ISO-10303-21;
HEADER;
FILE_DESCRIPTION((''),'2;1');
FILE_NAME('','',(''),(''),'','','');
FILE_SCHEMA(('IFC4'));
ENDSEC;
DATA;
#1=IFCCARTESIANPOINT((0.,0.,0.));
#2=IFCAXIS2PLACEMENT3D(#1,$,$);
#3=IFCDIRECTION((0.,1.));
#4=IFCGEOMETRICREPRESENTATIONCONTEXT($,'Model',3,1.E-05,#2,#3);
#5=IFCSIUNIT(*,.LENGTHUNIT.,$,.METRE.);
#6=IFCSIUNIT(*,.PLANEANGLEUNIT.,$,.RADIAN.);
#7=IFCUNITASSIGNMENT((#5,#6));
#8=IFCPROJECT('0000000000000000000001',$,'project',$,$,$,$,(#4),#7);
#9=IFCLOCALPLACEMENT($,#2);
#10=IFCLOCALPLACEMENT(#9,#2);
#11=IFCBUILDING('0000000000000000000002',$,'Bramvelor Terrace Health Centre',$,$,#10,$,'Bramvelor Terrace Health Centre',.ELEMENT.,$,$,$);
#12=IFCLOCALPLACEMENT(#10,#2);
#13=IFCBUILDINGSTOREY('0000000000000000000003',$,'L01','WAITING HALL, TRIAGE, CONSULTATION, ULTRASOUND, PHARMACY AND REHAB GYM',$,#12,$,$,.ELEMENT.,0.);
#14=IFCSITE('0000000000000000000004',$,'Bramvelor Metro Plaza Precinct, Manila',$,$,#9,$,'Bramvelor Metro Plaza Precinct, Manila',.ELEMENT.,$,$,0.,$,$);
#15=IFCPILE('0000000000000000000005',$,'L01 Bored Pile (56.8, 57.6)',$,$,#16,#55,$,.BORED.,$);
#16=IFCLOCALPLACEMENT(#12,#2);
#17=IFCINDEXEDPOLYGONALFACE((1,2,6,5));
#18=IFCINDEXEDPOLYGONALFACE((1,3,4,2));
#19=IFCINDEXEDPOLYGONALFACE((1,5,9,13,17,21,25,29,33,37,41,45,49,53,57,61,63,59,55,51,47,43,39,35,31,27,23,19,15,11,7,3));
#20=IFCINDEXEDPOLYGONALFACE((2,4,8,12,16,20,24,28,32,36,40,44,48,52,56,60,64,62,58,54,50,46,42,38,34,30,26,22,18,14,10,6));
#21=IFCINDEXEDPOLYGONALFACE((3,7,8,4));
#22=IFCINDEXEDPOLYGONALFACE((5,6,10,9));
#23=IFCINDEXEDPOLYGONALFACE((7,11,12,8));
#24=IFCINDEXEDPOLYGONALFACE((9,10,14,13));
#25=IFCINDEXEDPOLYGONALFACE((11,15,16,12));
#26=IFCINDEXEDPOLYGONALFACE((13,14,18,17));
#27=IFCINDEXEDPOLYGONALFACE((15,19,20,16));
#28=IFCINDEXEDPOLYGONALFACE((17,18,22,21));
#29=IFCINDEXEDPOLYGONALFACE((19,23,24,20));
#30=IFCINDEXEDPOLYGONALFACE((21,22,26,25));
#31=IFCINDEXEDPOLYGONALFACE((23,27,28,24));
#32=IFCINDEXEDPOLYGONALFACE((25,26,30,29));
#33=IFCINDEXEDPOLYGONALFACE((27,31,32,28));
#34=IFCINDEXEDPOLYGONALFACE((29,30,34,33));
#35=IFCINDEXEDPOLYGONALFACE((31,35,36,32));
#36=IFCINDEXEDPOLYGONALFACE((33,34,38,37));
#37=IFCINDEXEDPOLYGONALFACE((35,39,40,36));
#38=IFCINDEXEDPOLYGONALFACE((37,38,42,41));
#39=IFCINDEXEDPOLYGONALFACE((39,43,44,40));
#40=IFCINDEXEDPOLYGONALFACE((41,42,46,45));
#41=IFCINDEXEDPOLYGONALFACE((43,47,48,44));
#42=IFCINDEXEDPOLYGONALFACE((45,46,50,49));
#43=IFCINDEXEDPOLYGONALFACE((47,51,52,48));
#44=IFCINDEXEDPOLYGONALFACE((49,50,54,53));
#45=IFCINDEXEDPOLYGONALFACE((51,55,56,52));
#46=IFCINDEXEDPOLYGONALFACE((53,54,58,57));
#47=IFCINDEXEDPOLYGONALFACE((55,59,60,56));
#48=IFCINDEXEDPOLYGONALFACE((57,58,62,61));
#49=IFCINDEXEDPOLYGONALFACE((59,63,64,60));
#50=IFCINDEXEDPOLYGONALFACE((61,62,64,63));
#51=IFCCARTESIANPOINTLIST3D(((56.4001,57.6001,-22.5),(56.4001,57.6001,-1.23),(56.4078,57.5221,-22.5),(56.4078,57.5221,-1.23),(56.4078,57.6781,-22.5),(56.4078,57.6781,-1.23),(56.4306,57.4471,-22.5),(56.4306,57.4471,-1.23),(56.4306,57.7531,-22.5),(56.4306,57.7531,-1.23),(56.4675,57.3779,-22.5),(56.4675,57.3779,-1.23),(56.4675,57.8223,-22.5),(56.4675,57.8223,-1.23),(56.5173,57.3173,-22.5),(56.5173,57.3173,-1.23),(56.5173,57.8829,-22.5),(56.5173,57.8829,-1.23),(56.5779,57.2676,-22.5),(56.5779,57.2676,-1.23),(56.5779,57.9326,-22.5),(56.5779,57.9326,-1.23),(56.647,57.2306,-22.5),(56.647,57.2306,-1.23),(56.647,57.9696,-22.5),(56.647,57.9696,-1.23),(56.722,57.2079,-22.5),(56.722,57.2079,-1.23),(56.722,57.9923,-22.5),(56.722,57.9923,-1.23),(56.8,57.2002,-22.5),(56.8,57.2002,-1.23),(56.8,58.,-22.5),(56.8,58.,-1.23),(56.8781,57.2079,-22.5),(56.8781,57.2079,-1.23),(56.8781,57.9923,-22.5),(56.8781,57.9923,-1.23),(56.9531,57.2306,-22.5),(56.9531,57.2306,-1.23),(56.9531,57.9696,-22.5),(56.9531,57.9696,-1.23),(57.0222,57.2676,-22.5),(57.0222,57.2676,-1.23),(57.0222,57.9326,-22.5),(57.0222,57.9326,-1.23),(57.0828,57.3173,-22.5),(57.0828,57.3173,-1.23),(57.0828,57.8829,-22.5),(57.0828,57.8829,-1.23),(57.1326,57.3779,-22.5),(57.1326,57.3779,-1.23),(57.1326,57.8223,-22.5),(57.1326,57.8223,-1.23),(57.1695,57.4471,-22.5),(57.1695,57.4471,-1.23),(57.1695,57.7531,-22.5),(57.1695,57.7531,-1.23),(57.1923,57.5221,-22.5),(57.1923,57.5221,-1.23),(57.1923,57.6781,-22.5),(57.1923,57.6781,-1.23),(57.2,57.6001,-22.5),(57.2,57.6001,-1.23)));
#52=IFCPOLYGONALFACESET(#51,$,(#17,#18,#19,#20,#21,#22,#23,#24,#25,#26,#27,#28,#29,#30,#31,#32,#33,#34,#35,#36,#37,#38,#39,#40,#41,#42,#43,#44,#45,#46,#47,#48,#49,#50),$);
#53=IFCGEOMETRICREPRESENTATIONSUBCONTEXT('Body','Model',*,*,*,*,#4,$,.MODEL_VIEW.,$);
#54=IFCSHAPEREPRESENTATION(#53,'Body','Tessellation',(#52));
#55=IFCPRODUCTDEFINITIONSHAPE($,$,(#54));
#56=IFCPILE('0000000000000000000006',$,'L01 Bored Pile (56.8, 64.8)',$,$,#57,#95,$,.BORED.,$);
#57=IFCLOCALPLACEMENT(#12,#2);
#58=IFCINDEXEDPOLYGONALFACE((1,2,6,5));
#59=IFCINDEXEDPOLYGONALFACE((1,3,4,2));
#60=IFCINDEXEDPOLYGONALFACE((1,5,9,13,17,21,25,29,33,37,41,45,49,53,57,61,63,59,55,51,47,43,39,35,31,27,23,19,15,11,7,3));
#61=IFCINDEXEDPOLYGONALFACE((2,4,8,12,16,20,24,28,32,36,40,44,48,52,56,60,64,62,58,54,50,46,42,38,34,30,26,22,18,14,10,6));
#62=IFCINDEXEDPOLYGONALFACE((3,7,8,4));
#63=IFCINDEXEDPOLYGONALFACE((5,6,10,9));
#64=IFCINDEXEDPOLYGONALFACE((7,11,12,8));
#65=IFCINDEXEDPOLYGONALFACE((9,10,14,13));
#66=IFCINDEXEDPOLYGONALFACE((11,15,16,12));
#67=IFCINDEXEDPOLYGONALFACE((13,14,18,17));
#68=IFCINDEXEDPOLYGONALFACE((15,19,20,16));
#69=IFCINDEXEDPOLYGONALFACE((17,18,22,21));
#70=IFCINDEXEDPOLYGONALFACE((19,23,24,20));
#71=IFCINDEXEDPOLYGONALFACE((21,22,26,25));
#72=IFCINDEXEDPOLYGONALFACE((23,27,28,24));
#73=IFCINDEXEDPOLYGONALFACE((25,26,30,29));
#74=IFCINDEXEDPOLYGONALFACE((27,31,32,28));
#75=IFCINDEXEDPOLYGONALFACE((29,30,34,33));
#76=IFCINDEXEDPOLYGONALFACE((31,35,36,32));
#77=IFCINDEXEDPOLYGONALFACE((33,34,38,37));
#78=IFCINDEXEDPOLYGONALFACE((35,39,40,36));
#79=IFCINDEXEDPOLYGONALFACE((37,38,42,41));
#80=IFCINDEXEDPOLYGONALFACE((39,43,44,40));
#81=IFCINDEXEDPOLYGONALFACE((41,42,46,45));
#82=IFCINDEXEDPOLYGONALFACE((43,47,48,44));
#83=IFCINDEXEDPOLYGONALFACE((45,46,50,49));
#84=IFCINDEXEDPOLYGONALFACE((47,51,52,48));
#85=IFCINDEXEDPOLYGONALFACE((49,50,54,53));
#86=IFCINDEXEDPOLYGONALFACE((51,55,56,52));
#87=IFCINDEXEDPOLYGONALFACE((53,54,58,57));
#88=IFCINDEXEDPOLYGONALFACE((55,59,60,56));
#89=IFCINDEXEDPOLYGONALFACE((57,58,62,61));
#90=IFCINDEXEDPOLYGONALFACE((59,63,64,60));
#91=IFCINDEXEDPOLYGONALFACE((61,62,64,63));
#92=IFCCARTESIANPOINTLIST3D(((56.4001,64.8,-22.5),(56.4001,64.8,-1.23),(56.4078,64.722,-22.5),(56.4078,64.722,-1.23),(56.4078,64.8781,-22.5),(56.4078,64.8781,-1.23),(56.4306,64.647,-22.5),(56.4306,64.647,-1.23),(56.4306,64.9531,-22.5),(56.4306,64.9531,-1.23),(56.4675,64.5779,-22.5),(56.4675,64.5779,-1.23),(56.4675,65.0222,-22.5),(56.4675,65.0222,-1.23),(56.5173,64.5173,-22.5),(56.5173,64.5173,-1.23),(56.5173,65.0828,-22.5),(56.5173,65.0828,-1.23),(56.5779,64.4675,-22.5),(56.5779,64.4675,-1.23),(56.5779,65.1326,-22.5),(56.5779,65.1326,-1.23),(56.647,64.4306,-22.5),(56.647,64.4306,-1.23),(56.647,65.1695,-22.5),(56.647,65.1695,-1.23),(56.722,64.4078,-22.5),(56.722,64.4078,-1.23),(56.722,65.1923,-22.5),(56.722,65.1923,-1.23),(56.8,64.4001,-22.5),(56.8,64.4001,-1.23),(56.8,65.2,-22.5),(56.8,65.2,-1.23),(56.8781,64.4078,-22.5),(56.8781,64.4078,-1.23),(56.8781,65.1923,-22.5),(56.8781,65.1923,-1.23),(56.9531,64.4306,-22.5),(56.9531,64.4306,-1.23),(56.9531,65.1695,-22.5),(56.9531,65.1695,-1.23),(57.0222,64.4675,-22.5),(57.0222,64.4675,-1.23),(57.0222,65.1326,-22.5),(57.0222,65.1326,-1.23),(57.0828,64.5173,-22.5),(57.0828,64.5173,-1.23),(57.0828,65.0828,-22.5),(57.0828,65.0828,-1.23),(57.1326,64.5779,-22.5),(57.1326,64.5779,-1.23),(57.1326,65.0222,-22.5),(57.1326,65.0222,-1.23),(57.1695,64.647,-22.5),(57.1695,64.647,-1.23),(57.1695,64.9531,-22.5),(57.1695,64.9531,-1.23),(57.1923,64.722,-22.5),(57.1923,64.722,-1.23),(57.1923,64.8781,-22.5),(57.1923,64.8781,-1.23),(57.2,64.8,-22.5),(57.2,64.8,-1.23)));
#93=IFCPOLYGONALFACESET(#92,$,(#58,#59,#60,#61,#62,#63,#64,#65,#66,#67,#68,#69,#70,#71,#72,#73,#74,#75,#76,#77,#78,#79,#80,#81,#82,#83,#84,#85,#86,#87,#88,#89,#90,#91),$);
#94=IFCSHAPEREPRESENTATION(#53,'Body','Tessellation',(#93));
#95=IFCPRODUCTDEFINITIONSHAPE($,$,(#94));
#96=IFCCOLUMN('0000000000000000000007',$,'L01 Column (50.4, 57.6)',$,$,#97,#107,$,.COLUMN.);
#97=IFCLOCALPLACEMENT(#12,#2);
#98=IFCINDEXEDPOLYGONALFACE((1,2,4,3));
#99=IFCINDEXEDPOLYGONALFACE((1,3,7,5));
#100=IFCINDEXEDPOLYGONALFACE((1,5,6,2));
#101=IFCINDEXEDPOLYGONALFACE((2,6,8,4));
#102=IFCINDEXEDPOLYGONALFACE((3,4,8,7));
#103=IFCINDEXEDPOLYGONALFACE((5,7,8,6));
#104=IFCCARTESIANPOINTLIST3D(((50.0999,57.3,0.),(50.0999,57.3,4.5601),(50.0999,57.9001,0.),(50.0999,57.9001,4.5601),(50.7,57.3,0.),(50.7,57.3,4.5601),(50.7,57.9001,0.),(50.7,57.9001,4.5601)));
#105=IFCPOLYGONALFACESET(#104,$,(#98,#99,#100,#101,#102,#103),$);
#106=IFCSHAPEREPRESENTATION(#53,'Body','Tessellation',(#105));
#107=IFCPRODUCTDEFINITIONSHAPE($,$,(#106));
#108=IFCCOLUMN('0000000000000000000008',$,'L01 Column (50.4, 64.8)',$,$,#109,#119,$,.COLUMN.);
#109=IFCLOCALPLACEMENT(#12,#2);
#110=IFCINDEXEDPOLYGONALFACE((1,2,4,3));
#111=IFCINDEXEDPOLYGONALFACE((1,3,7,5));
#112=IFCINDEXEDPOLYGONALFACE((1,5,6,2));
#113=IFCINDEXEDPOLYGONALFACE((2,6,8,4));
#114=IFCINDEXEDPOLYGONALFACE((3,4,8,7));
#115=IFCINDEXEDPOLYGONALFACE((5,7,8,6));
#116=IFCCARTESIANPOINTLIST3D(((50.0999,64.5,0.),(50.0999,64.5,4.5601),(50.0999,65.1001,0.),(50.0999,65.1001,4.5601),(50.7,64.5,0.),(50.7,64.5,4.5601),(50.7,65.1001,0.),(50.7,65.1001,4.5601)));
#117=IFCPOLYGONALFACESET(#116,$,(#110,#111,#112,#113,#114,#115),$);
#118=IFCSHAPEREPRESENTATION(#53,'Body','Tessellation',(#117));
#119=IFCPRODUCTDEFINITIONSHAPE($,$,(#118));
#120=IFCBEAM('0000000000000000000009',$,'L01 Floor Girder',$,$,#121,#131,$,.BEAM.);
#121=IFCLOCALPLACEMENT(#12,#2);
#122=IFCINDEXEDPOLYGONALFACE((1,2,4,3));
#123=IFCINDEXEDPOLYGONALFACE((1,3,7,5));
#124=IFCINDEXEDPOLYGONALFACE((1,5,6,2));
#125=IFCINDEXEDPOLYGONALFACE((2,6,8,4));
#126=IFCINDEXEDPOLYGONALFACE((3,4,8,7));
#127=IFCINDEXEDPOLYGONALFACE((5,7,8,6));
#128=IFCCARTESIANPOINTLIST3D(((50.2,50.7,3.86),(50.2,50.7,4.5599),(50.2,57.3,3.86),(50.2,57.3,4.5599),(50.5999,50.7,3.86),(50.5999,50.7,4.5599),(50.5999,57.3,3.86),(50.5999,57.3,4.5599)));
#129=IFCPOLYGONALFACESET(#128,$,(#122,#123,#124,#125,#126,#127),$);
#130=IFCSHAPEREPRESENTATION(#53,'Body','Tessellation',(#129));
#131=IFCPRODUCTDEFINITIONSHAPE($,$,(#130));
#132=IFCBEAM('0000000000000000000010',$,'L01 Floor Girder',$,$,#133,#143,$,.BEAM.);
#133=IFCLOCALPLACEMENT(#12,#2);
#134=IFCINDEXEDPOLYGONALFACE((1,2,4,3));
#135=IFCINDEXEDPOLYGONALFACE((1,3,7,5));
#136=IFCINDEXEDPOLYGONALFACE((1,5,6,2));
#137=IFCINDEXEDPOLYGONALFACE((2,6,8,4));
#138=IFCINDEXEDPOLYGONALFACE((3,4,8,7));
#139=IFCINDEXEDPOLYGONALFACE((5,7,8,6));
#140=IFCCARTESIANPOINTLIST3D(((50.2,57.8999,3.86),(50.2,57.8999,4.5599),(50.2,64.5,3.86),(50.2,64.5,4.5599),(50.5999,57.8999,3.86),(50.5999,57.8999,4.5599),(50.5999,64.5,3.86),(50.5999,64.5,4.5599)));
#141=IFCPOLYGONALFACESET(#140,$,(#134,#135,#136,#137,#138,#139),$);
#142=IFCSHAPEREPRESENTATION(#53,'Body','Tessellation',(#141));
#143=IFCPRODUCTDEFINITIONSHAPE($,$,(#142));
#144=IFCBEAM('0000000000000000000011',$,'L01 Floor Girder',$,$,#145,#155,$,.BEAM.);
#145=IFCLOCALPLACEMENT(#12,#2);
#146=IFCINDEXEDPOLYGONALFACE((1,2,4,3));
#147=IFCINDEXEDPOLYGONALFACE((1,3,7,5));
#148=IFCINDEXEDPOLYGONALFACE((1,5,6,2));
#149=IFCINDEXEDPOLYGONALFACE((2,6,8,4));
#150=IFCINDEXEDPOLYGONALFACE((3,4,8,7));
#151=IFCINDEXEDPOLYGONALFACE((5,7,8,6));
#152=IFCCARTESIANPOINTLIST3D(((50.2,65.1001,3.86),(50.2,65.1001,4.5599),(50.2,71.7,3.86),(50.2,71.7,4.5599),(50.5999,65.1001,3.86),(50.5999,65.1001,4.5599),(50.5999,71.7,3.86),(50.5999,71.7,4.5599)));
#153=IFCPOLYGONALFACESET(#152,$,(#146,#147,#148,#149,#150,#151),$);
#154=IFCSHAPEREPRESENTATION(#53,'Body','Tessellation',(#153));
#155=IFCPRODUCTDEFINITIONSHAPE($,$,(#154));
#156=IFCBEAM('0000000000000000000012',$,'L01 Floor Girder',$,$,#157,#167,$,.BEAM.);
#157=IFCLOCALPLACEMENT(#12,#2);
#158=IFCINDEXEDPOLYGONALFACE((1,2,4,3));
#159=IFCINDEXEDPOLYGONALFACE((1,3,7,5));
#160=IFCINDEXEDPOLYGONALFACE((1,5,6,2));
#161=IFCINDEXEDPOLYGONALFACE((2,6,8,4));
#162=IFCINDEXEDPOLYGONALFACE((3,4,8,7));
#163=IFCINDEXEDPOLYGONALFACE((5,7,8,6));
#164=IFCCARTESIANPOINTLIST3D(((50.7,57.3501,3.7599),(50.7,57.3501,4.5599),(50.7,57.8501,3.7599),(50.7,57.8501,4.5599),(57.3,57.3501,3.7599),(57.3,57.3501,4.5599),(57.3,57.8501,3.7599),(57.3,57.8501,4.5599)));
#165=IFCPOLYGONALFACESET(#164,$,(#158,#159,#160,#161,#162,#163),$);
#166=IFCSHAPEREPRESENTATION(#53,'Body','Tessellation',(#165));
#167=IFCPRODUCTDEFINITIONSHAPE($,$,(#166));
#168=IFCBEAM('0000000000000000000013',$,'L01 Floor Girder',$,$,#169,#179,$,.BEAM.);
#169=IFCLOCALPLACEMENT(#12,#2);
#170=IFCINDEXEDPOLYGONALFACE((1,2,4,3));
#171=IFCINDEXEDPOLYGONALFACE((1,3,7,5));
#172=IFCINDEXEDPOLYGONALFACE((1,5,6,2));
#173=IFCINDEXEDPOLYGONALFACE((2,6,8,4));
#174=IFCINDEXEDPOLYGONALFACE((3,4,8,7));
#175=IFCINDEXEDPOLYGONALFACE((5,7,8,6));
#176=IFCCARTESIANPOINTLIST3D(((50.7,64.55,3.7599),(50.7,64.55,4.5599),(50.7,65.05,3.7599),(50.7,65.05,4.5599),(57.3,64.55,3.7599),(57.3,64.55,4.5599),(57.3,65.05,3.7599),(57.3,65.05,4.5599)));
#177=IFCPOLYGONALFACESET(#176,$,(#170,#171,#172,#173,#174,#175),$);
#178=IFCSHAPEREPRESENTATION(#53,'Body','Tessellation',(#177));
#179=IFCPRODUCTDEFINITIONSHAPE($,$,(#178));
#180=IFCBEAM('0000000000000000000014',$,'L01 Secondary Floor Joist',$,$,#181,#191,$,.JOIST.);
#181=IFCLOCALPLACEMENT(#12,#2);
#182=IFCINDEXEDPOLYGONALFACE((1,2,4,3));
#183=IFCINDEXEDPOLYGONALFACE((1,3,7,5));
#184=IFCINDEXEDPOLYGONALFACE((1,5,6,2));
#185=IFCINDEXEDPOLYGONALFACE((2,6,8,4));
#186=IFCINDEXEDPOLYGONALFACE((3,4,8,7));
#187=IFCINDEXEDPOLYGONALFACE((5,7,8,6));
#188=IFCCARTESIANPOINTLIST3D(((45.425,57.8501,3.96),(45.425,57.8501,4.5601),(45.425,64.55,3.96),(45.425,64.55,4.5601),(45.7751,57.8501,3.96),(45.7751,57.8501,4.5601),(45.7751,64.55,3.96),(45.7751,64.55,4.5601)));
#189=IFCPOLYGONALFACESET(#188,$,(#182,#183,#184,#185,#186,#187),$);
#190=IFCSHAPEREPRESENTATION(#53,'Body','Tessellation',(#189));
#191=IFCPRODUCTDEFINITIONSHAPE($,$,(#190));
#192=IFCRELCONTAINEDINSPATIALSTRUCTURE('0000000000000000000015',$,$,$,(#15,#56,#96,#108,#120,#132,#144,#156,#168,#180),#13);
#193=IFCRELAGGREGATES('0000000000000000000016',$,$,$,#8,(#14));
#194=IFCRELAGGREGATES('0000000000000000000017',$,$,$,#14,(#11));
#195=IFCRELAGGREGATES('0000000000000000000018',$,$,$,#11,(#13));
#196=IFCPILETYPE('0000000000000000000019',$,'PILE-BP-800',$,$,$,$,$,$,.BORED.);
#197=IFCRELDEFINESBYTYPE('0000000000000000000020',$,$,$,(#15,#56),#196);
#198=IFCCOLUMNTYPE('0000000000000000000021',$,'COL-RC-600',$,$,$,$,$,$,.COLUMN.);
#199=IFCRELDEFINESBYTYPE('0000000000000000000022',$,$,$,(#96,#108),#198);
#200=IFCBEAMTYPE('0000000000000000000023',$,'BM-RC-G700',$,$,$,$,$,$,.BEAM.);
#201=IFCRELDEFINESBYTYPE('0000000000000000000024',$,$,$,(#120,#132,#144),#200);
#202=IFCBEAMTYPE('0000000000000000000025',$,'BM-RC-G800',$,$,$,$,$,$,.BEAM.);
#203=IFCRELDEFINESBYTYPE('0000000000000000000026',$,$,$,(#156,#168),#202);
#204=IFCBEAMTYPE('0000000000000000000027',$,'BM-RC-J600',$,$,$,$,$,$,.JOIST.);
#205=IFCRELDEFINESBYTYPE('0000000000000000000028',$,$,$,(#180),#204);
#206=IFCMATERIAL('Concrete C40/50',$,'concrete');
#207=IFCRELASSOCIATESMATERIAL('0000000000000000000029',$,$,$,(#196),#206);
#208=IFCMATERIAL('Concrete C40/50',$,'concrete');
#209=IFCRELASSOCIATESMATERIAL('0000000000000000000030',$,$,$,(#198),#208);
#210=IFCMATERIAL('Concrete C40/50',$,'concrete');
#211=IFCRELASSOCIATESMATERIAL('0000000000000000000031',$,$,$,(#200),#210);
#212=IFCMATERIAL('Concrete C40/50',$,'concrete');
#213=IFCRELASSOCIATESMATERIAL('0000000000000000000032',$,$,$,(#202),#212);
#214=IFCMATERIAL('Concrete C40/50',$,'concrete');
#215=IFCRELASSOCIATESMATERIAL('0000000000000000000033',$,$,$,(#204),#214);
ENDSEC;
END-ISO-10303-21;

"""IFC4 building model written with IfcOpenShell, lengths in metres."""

from ifc_helpers import new_model, si_unit, direction, frame, origin, origin_2d, place, context, subcontext, project, spatial, rectangle, circle, extrude, material, material_profile, profile_set, type_object, element, save


model = new_model("IFC4")

# Units and contexts
model_context = context("Model", 3, precision=1e-05, world=origin(), true_north=direction((0.0, 1.0)))
body_context = subcontext(model_context, "Body", "Model", "MODEL_VIEW")
ifc_project = project(units=[si_unit("LENGTHUNIT", "METRE"), si_unit("PLANEANGLEUNIT", "RADIAN")], contexts=[model_context])

# Site, building, storey
site_placement = place(None, origin())
site = spatial("IfcSite", under=ifc_project, at=site_placement, Name="Bramvelor Metro Plaza Precinct, Manila", LongName="Bramvelor Metro Plaza Precinct, Manila", CompositionType="ELEMENT", RefElevation=0.0)
building_placement = place(site_placement, origin())
building = spatial("IfcBuilding", under=site, at=building_placement, Name="Bramvelor Terrace Health Centre", LongName="Bramvelor Terrace Health Centre", CompositionType="ELEMENT")
storey_placement = place(building_placement, origin())
storey = spatial("IfcBuildingStorey", under=building, at=storey_placement, Name="L01", Description="WAITING HALL, TRIAGE, CONSULTATION, ULTRASOUND, PHARMACY AND REHAB GYM", CompositionType="ELEMENT", Elevation=0.0)

# Piles
ifc_material_1 = material(Name="Concrete C40/50", Category="concrete")
ifc_material_profile_1 = material_profile(ifc_material_1, circle(Radius=0.3999, at=origin_2d()), Name="BP D800")
ifc_profile_set_1 = profile_set([ifc_material_profile_1], Name="Concrete C40/50")
pile_type = type_object("IfcPileType", Name="PILE-BP-800", PredefinedType="BORED", material=ifc_profile_set_1)
for number, where, z_axis, x_axis, name in (
    (1, (56.8, 57.6001, -1.23), (0.0, 0.0, -1.0), (1.0, 0.0, 0.0), "L01 Bored Pile (56.8, 57.6)"),
    (2, (56.8, 64.8, -1.23), (0.0, 0.0, -1.0), (1.0, 0.0, 0.0), "L01 Bored Pile (56.8, 64.8)"),
):
    element("IfcPile", number, at=place(storey_placement, frame(where, z_axis=z_axis, x_axis=x_axis)), inside=storey, type_object=pile_type, Name=name, PredefinedType="BORED", context=body_context, shape_type="SweptSolid", body=[
        extrude(circle(Radius=0.3999, at=origin_2d()), origin(), (0.0, 0.0, 1.0), 21.27),
    ])

# Columns
ifc_material_2 = material(Name="Concrete C40/50", Category="concrete")
ifc_material_profile_2 = material_profile(ifc_material_2, rectangle(XDim=0.6001, YDim=0.6001, at=origin_2d()), Name="RC 600x600")
ifc_profile_set_2 = profile_set([ifc_material_profile_2], Name="Concrete C40/50")
column_type = type_object("IfcColumnType", Name="COL-RC-600", PredefinedType="COLUMN", material=ifc_profile_set_2)
for number, where, z_axis, x_axis, name in (
    (3, (50.3999, 57.6001, 0.0), (0.0, 0.0, 1.0), (1.0, 0.0, 0.0), "L01 Column (50.4, 57.6)"),
    (4, (50.3999, 64.8, 0.0), (0.0, 0.0, 1.0), (1.0, 0.0, 0.0), "L01 Column (50.4, 64.8)"),
):
    element("IfcColumn", number, at=place(storey_placement, frame(where, z_axis=z_axis, x_axis=x_axis)), inside=storey, type_object=column_type, Name=name, PredefinedType="COLUMN", context=body_context, shape_type="SweptSolid", body=[
        extrude(rectangle(XDim=0.6001, YDim=0.6001, at=origin_2d()), origin(), (0.0, 0.0, 1.0), 4.5601),
    ])

# Beams
ifc_material_3 = material(Name="Concrete C40/50", Category="concrete")
ifc_material_profile_3 = material_profile(ifc_material_3, rectangle(XDim=0.3999, YDim=0.7, at=origin_2d()), Name="RC 400x700")
ifc_profile_set_3 = profile_set([ifc_material_profile_3], Name="Concrete C40/50")
beam_type_1 = type_object("IfcBeamType", Name="BM-RC-G700", PredefinedType="BEAM", material=ifc_profile_set_3)
for number, where, z_axis, x_axis, name in (
    (5, (50.3999, 50.7, 4.21), (0.0, 1.0, 0.0), (-1.0, 0.0, 0.0), "L01 Floor Girder"),
    (6, (50.3999, 57.8999, 4.21), (0.0, 1.0, 0.0), (-1.0, 0.0, 0.0), "L01 Floor Girder"),
):
    element("IfcBeam", number, at=place(storey_placement, frame(where, z_axis=z_axis, x_axis=x_axis)), inside=storey, type_object=beam_type_1, Name=name, PredefinedType="BEAM", context=body_context, shape_type="SweptSolid", body=[
        extrude(rectangle(XDim=0.3999, YDim=0.7, at=origin_2d()), origin(), (0.0, 0.0, 1.0), 6.6001),
    ])
beam_placement = place(storey_placement, frame((50.3999, 65.1001, 4.21), z_axis=(0.0, 1.0, 0.0), x_axis=(-1.0, 0.0, 0.0)))
element("IfcBeam", 7, at=beam_placement, inside=storey, type_object=beam_type_1, Name="L01 Floor Girder", PredefinedType="BEAM", context=body_context, shape_type="SweptSolid", body=[
    extrude(rectangle(XDim=0.3999, YDim=0.7, at=origin_2d()), origin(), (0.0, 0.0, 1.0), 6.5999),
])
ifc_material_4 = material(Name="Concrete C40/50", Category="concrete")
ifc_material_profile_4 = material_profile(ifc_material_4, rectangle(XDim=0.5, YDim=0.8, at=origin_2d()), Name="RC 500x800")
ifc_profile_set_4 = profile_set([ifc_material_profile_4], Name="Concrete C40/50")
beam_type_2 = type_object("IfcBeamType", Name="BM-RC-G800", PredefinedType="BEAM", material=ifc_profile_set_4)
for number, where, z_axis, x_axis, name in (
    (8, (50.7, 57.6001, 4.1599), (1.0, 0.0, 0.0), (0.0, 1.0, 0.0), "L01 Floor Girder"),
    (9, (50.7, 64.8, 4.1599), (1.0, 0.0, 0.0), (0.0, 1.0, 0.0), "L01 Floor Girder"),
):
    element("IfcBeam", number, at=place(storey_placement, frame(where, z_axis=z_axis, x_axis=x_axis)), inside=storey, type_object=beam_type_2, Name=name, PredefinedType="BEAM", context=body_context, shape_type="SweptSolid", body=[
        extrude(rectangle(XDim=0.5, YDim=0.8, at=origin_2d()), origin(), (0.0, 0.0, 1.0), 6.6001),
    ])
ifc_material_5 = material(Name="Concrete C40/50", Category="concrete")
ifc_material_profile_5 = material_profile(ifc_material_5, rectangle(XDim=0.3501, YDim=0.6001, at=origin_2d()), Name="RC 350x600")
ifc_profile_set_5 = profile_set([ifc_material_profile_5], Name="Concrete C40/50")
beam_type_3 = type_object("IfcBeamType", Name="BM-RC-J600", PredefinedType="JOIST", material=ifc_profile_set_5)
for number, where, z_axis, x_axis, name in (
    (10, (45.6001, 57.8501, 4.26), (0.0, 1.0, 0.0), (-1.0, 0.0, 0.0), "L01 Secondary Floor Joist"),
):
    element("IfcBeam", number, at=place(storey_placement, frame(where, z_axis=z_axis, x_axis=x_axis)), inside=storey, type_object=beam_type_3, Name=name, PredefinedType="JOIST", context=body_context, shape_type="SweptSolid", body=[
        extrude(rectangle(XDim=0.3501, YDim=0.6001, at=origin_2d()), origin(), (0.0, 0.0, 1.0), 6.7),
    ])

save(model, "model.ifc")
